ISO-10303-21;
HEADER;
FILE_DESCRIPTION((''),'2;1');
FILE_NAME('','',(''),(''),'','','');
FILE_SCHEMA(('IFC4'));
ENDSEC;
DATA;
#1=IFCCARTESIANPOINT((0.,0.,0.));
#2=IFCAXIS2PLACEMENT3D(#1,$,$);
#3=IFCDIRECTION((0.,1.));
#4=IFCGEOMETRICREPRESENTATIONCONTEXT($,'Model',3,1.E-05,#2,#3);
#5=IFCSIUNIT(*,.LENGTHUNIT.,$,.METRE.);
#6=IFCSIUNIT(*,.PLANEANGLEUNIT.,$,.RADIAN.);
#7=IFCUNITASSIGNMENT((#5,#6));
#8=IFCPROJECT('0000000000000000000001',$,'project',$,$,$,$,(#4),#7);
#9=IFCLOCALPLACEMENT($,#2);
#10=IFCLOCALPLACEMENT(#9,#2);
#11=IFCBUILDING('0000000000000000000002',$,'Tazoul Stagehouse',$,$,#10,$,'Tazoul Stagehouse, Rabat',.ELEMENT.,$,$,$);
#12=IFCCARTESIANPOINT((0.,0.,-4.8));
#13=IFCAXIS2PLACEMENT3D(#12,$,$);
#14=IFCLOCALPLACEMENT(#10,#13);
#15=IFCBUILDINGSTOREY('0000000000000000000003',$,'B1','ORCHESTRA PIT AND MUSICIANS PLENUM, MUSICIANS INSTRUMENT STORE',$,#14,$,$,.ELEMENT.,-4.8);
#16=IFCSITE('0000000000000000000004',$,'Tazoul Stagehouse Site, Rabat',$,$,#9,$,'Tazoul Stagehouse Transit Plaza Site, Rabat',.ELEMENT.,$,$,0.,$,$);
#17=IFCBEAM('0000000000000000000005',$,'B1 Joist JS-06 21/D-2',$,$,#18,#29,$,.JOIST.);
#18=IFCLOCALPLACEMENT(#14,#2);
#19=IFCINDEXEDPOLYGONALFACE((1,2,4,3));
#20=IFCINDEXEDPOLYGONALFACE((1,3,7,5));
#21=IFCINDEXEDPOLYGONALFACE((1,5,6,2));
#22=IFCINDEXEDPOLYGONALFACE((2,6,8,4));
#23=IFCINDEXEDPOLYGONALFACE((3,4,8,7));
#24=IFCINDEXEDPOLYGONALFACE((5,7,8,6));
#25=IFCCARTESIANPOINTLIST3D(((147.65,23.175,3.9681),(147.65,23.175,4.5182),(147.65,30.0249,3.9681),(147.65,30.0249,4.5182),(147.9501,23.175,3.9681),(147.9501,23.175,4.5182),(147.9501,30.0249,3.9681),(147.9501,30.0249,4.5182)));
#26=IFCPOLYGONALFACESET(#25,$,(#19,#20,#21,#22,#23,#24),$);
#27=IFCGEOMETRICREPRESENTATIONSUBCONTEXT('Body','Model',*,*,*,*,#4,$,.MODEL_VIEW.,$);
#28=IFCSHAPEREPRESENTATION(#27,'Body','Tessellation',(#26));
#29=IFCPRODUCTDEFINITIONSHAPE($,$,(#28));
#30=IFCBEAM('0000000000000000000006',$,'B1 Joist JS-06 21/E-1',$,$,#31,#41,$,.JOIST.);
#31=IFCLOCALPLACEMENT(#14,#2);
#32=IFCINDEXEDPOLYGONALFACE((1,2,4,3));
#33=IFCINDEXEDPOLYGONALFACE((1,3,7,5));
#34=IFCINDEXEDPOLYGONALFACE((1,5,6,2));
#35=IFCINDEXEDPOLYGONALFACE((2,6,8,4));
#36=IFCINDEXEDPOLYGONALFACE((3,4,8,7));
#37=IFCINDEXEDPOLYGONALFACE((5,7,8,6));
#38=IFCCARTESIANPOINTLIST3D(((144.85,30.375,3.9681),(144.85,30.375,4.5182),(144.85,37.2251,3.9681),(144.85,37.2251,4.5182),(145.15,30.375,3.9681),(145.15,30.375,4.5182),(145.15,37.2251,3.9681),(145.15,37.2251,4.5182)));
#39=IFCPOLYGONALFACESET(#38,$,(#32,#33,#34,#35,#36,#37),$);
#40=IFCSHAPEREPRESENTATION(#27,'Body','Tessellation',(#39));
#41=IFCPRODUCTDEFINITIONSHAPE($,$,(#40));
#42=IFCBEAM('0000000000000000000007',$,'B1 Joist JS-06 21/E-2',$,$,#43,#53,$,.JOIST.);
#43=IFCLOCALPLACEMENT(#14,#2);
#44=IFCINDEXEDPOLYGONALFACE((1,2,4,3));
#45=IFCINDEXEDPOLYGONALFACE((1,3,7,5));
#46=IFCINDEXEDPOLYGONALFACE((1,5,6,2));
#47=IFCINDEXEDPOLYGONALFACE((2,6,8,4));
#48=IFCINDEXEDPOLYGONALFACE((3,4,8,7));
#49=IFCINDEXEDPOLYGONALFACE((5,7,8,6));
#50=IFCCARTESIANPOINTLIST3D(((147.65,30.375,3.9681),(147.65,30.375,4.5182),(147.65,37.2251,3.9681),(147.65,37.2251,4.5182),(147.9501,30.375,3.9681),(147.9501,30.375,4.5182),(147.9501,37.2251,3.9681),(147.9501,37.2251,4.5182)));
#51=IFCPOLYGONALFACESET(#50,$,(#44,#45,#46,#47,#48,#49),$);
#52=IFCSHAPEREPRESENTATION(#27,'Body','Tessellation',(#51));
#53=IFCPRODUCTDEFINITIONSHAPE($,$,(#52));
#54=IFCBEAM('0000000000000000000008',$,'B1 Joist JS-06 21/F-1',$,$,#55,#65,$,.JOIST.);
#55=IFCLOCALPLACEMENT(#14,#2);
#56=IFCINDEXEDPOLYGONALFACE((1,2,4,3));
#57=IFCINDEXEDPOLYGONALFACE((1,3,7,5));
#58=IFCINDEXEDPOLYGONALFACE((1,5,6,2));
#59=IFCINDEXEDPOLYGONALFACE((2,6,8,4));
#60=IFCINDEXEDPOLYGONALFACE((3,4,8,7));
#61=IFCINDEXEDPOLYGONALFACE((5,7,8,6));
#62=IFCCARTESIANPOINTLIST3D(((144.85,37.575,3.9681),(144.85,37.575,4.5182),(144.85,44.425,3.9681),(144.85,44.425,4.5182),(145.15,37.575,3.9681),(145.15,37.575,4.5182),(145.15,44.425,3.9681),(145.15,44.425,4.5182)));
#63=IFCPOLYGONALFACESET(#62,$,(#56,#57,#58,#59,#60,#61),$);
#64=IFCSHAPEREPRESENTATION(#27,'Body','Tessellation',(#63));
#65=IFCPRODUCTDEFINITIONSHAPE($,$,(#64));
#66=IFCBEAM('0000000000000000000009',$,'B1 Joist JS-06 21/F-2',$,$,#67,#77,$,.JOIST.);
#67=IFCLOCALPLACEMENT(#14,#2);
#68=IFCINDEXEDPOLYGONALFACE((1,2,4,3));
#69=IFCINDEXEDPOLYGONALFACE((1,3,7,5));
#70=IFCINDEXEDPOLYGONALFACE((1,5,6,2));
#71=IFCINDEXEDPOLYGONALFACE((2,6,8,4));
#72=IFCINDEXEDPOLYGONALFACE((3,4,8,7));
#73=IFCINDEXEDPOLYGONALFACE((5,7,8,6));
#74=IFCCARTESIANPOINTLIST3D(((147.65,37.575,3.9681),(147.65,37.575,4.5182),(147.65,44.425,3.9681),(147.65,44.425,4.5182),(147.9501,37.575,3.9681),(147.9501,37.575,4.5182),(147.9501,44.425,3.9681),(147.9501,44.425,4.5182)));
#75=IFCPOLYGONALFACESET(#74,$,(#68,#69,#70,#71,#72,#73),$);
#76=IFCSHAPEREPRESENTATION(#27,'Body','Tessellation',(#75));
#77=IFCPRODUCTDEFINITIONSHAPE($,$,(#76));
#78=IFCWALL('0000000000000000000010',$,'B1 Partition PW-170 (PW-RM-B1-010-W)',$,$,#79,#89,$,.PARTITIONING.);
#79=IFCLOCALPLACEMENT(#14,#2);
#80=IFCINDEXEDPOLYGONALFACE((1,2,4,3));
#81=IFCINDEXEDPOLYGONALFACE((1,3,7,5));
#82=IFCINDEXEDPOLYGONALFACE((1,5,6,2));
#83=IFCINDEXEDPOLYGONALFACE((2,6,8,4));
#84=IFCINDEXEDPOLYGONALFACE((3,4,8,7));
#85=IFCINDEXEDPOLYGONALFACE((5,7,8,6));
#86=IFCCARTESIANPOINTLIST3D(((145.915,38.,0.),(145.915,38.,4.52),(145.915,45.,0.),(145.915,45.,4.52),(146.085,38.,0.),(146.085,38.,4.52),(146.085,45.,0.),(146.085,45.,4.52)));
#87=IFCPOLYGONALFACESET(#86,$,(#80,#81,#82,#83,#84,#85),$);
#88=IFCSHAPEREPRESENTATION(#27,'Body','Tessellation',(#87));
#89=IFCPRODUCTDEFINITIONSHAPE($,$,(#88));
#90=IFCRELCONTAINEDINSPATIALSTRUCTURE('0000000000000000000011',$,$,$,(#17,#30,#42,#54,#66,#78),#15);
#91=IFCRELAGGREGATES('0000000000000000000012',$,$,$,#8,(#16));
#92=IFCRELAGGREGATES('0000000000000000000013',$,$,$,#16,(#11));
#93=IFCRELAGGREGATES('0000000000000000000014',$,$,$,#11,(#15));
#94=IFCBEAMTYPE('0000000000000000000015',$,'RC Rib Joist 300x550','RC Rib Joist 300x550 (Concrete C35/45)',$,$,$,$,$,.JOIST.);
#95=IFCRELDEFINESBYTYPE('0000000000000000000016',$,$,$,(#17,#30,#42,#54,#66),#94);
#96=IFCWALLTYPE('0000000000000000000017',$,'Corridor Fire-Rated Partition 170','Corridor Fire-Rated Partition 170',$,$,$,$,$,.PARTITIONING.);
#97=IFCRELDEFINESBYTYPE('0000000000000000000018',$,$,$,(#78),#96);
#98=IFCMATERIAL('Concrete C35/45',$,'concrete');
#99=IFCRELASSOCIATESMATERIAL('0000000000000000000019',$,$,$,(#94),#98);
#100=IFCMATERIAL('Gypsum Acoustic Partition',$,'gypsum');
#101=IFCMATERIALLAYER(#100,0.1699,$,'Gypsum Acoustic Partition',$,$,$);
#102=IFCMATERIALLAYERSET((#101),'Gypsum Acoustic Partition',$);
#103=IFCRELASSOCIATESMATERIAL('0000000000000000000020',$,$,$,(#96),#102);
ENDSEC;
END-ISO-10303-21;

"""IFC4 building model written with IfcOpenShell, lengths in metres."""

from ifc_helpers import new_model, si_unit, direction, frame, frame_2d, origin, origin_2d, place, context, subcontext, project, spatial, rectangle, extrude, material, layer, layer_set, material_profile, profile_set, type_object, element, save


model = new_model("IFC4")

# Units and contexts
model_context = context("Model", 3, precision=1e-05, world=origin(), true_north=direction((0.0, 1.0)))
body_context = subcontext(model_context, "Body", "Model", "MODEL_VIEW")
ifc_project = project(units=[si_unit("LENGTHUNIT", "METRE"), si_unit("PLANEANGLEUNIT", "RADIAN")], contexts=[model_context])

# Site, building, storey
site_placement = place(None, origin())
site = spatial("IfcSite", under=ifc_project, at=site_placement, Name="Tazoul Stagehouse Site, Rabat", LongName="Tazoul Stagehouse Transit Plaza Site, Rabat", CompositionType="ELEMENT", RefElevation=0.0)
building_placement = place(site_placement, origin())
building = spatial("IfcBuilding", under=site, at=building_placement, Name="Tazoul Stagehouse", LongName="Tazoul Stagehouse, Rabat", CompositionType="ELEMENT")
storey_placement = place(building_placement, frame((0.0, 0.0, -4.8)))
storey = spatial("IfcBuildingStorey", under=building, at=storey_placement, Name="B1", Description="ORCHESTRA PIT AND MUSICIANS PLENUM, MUSICIANS INSTRUMENT STORE", CompositionType="ELEMENT", Elevation=-4.8)

# Shared definitions
ifc_material_1 = material(Name="Concrete C35/45", Category="concrete")

# Beams
ifc_material_profile_1 = material_profile(ifc_material_1, rectangle(XDim=0.3, YDim=0.55, at=origin_2d()), Name="RC 300x550")
ifc_profile_set_1 = profile_set([ifc_material_profile_1], Name="Concrete C35/45")
beam_type_1 = type_object("IfcBeamType", Name="RC Rib Joist 300x550", Description="RC Rib Joist 300x550 (Concrete C35/45)", PredefinedType="JOIST", material=ifc_profile_set_1)
for number, where, z_axis, x_axis, name in (
    (1, (147.8, 23.175, 4.2432), (0.0, 1.0, 0.0), (-1.0, 0.0, 0.0), "B1 Joist JS-06 21/D-2"),
):
    element("IfcBeam", number, at=place(storey_placement, frame(where, z_axis=z_axis, x_axis=x_axis)), inside=storey, type_object=beam_type_1, Name=name, PredefinedType="JOIST", context=body_context, shape_type="SweptSolid", body=[
        extrude(rectangle(XDim=0.3, YDim=0.55, at=origin_2d()), origin(), (0.0, 0.0, 1.0), 6.8499),
    ])
for number, where, z_axis, x_axis, name in (
    (2, (145.0, 30.375, 4.2432), (0.0, 1.0, 0.0), (-1.0, 0.0, 0.0), "B1 Joist JS-06 21/E-1"),
    (3, (147.8, 30.375, 4.2432), (0.0, 1.0, 0.0), (-1.0, 0.0, 0.0), "B1 Joist JS-06 21/E-2"),
    (4, (145.0, 37.575, 4.2432), (0.0, 1.0, 0.0), (-1.0, 0.0, 0.0), "B1 Joist JS-06 21/F-1"),
    (5, (147.8, 37.575, 4.2432), (0.0, 1.0, 0.0), (-1.0, 0.0, 0.0), "B1 Joist JS-06 21/F-2"),
):
    element("IfcBeam", number, at=place(storey_placement, frame(where, z_axis=z_axis, x_axis=x_axis)), inside=storey, type_object=beam_type_1, Name=name, PredefinedType="JOIST", context=body_context, shape_type="SweptSolid", body=[
        extrude(rectangle(XDim=0.3, YDim=0.55, at=origin_2d()), origin(), (0.0, 0.0, 1.0), 6.8501),
    ])

# Wall
ifc_material_2 = material(Name="Gypsum Acoustic Partition", Category="gypsum")
ifc_layer = layer(ifc_material_2, 0.1699, Name="Gypsum Acoustic Partition")
ifc_layer_set = layer_set([ifc_layer], Name="Gypsum Acoustic Partition")
wall_type = type_object("IfcWallType", Name="Corridor Fire-Rated Partition 170", Description="Corridor Fire-Rated Partition 170", PredefinedType="PARTITIONING", material=ifc_layer_set)
wall_placement = place(storey_placement, frame((146.0, 38.0, 0.0), z_axis=(0.0, 0.0, 1.0), x_axis=(0.0, 1.0, 0.0)))
element("IfcWall", 6, at=wall_placement, inside=storey, type_object=wall_type, Name="B1 Partition PW-170 (PW-RM-B1-010-W)", PredefinedType="PARTITIONING", context=body_context, shape_type="SweptSolid", body=[
    extrude(rectangle(XDim=7.0, YDim=0.1699, at=frame_2d((3.5, 0.0))), origin(), (0.0, 0.0, 1.0), 4.52),
])

save(model, "model.ifc")
